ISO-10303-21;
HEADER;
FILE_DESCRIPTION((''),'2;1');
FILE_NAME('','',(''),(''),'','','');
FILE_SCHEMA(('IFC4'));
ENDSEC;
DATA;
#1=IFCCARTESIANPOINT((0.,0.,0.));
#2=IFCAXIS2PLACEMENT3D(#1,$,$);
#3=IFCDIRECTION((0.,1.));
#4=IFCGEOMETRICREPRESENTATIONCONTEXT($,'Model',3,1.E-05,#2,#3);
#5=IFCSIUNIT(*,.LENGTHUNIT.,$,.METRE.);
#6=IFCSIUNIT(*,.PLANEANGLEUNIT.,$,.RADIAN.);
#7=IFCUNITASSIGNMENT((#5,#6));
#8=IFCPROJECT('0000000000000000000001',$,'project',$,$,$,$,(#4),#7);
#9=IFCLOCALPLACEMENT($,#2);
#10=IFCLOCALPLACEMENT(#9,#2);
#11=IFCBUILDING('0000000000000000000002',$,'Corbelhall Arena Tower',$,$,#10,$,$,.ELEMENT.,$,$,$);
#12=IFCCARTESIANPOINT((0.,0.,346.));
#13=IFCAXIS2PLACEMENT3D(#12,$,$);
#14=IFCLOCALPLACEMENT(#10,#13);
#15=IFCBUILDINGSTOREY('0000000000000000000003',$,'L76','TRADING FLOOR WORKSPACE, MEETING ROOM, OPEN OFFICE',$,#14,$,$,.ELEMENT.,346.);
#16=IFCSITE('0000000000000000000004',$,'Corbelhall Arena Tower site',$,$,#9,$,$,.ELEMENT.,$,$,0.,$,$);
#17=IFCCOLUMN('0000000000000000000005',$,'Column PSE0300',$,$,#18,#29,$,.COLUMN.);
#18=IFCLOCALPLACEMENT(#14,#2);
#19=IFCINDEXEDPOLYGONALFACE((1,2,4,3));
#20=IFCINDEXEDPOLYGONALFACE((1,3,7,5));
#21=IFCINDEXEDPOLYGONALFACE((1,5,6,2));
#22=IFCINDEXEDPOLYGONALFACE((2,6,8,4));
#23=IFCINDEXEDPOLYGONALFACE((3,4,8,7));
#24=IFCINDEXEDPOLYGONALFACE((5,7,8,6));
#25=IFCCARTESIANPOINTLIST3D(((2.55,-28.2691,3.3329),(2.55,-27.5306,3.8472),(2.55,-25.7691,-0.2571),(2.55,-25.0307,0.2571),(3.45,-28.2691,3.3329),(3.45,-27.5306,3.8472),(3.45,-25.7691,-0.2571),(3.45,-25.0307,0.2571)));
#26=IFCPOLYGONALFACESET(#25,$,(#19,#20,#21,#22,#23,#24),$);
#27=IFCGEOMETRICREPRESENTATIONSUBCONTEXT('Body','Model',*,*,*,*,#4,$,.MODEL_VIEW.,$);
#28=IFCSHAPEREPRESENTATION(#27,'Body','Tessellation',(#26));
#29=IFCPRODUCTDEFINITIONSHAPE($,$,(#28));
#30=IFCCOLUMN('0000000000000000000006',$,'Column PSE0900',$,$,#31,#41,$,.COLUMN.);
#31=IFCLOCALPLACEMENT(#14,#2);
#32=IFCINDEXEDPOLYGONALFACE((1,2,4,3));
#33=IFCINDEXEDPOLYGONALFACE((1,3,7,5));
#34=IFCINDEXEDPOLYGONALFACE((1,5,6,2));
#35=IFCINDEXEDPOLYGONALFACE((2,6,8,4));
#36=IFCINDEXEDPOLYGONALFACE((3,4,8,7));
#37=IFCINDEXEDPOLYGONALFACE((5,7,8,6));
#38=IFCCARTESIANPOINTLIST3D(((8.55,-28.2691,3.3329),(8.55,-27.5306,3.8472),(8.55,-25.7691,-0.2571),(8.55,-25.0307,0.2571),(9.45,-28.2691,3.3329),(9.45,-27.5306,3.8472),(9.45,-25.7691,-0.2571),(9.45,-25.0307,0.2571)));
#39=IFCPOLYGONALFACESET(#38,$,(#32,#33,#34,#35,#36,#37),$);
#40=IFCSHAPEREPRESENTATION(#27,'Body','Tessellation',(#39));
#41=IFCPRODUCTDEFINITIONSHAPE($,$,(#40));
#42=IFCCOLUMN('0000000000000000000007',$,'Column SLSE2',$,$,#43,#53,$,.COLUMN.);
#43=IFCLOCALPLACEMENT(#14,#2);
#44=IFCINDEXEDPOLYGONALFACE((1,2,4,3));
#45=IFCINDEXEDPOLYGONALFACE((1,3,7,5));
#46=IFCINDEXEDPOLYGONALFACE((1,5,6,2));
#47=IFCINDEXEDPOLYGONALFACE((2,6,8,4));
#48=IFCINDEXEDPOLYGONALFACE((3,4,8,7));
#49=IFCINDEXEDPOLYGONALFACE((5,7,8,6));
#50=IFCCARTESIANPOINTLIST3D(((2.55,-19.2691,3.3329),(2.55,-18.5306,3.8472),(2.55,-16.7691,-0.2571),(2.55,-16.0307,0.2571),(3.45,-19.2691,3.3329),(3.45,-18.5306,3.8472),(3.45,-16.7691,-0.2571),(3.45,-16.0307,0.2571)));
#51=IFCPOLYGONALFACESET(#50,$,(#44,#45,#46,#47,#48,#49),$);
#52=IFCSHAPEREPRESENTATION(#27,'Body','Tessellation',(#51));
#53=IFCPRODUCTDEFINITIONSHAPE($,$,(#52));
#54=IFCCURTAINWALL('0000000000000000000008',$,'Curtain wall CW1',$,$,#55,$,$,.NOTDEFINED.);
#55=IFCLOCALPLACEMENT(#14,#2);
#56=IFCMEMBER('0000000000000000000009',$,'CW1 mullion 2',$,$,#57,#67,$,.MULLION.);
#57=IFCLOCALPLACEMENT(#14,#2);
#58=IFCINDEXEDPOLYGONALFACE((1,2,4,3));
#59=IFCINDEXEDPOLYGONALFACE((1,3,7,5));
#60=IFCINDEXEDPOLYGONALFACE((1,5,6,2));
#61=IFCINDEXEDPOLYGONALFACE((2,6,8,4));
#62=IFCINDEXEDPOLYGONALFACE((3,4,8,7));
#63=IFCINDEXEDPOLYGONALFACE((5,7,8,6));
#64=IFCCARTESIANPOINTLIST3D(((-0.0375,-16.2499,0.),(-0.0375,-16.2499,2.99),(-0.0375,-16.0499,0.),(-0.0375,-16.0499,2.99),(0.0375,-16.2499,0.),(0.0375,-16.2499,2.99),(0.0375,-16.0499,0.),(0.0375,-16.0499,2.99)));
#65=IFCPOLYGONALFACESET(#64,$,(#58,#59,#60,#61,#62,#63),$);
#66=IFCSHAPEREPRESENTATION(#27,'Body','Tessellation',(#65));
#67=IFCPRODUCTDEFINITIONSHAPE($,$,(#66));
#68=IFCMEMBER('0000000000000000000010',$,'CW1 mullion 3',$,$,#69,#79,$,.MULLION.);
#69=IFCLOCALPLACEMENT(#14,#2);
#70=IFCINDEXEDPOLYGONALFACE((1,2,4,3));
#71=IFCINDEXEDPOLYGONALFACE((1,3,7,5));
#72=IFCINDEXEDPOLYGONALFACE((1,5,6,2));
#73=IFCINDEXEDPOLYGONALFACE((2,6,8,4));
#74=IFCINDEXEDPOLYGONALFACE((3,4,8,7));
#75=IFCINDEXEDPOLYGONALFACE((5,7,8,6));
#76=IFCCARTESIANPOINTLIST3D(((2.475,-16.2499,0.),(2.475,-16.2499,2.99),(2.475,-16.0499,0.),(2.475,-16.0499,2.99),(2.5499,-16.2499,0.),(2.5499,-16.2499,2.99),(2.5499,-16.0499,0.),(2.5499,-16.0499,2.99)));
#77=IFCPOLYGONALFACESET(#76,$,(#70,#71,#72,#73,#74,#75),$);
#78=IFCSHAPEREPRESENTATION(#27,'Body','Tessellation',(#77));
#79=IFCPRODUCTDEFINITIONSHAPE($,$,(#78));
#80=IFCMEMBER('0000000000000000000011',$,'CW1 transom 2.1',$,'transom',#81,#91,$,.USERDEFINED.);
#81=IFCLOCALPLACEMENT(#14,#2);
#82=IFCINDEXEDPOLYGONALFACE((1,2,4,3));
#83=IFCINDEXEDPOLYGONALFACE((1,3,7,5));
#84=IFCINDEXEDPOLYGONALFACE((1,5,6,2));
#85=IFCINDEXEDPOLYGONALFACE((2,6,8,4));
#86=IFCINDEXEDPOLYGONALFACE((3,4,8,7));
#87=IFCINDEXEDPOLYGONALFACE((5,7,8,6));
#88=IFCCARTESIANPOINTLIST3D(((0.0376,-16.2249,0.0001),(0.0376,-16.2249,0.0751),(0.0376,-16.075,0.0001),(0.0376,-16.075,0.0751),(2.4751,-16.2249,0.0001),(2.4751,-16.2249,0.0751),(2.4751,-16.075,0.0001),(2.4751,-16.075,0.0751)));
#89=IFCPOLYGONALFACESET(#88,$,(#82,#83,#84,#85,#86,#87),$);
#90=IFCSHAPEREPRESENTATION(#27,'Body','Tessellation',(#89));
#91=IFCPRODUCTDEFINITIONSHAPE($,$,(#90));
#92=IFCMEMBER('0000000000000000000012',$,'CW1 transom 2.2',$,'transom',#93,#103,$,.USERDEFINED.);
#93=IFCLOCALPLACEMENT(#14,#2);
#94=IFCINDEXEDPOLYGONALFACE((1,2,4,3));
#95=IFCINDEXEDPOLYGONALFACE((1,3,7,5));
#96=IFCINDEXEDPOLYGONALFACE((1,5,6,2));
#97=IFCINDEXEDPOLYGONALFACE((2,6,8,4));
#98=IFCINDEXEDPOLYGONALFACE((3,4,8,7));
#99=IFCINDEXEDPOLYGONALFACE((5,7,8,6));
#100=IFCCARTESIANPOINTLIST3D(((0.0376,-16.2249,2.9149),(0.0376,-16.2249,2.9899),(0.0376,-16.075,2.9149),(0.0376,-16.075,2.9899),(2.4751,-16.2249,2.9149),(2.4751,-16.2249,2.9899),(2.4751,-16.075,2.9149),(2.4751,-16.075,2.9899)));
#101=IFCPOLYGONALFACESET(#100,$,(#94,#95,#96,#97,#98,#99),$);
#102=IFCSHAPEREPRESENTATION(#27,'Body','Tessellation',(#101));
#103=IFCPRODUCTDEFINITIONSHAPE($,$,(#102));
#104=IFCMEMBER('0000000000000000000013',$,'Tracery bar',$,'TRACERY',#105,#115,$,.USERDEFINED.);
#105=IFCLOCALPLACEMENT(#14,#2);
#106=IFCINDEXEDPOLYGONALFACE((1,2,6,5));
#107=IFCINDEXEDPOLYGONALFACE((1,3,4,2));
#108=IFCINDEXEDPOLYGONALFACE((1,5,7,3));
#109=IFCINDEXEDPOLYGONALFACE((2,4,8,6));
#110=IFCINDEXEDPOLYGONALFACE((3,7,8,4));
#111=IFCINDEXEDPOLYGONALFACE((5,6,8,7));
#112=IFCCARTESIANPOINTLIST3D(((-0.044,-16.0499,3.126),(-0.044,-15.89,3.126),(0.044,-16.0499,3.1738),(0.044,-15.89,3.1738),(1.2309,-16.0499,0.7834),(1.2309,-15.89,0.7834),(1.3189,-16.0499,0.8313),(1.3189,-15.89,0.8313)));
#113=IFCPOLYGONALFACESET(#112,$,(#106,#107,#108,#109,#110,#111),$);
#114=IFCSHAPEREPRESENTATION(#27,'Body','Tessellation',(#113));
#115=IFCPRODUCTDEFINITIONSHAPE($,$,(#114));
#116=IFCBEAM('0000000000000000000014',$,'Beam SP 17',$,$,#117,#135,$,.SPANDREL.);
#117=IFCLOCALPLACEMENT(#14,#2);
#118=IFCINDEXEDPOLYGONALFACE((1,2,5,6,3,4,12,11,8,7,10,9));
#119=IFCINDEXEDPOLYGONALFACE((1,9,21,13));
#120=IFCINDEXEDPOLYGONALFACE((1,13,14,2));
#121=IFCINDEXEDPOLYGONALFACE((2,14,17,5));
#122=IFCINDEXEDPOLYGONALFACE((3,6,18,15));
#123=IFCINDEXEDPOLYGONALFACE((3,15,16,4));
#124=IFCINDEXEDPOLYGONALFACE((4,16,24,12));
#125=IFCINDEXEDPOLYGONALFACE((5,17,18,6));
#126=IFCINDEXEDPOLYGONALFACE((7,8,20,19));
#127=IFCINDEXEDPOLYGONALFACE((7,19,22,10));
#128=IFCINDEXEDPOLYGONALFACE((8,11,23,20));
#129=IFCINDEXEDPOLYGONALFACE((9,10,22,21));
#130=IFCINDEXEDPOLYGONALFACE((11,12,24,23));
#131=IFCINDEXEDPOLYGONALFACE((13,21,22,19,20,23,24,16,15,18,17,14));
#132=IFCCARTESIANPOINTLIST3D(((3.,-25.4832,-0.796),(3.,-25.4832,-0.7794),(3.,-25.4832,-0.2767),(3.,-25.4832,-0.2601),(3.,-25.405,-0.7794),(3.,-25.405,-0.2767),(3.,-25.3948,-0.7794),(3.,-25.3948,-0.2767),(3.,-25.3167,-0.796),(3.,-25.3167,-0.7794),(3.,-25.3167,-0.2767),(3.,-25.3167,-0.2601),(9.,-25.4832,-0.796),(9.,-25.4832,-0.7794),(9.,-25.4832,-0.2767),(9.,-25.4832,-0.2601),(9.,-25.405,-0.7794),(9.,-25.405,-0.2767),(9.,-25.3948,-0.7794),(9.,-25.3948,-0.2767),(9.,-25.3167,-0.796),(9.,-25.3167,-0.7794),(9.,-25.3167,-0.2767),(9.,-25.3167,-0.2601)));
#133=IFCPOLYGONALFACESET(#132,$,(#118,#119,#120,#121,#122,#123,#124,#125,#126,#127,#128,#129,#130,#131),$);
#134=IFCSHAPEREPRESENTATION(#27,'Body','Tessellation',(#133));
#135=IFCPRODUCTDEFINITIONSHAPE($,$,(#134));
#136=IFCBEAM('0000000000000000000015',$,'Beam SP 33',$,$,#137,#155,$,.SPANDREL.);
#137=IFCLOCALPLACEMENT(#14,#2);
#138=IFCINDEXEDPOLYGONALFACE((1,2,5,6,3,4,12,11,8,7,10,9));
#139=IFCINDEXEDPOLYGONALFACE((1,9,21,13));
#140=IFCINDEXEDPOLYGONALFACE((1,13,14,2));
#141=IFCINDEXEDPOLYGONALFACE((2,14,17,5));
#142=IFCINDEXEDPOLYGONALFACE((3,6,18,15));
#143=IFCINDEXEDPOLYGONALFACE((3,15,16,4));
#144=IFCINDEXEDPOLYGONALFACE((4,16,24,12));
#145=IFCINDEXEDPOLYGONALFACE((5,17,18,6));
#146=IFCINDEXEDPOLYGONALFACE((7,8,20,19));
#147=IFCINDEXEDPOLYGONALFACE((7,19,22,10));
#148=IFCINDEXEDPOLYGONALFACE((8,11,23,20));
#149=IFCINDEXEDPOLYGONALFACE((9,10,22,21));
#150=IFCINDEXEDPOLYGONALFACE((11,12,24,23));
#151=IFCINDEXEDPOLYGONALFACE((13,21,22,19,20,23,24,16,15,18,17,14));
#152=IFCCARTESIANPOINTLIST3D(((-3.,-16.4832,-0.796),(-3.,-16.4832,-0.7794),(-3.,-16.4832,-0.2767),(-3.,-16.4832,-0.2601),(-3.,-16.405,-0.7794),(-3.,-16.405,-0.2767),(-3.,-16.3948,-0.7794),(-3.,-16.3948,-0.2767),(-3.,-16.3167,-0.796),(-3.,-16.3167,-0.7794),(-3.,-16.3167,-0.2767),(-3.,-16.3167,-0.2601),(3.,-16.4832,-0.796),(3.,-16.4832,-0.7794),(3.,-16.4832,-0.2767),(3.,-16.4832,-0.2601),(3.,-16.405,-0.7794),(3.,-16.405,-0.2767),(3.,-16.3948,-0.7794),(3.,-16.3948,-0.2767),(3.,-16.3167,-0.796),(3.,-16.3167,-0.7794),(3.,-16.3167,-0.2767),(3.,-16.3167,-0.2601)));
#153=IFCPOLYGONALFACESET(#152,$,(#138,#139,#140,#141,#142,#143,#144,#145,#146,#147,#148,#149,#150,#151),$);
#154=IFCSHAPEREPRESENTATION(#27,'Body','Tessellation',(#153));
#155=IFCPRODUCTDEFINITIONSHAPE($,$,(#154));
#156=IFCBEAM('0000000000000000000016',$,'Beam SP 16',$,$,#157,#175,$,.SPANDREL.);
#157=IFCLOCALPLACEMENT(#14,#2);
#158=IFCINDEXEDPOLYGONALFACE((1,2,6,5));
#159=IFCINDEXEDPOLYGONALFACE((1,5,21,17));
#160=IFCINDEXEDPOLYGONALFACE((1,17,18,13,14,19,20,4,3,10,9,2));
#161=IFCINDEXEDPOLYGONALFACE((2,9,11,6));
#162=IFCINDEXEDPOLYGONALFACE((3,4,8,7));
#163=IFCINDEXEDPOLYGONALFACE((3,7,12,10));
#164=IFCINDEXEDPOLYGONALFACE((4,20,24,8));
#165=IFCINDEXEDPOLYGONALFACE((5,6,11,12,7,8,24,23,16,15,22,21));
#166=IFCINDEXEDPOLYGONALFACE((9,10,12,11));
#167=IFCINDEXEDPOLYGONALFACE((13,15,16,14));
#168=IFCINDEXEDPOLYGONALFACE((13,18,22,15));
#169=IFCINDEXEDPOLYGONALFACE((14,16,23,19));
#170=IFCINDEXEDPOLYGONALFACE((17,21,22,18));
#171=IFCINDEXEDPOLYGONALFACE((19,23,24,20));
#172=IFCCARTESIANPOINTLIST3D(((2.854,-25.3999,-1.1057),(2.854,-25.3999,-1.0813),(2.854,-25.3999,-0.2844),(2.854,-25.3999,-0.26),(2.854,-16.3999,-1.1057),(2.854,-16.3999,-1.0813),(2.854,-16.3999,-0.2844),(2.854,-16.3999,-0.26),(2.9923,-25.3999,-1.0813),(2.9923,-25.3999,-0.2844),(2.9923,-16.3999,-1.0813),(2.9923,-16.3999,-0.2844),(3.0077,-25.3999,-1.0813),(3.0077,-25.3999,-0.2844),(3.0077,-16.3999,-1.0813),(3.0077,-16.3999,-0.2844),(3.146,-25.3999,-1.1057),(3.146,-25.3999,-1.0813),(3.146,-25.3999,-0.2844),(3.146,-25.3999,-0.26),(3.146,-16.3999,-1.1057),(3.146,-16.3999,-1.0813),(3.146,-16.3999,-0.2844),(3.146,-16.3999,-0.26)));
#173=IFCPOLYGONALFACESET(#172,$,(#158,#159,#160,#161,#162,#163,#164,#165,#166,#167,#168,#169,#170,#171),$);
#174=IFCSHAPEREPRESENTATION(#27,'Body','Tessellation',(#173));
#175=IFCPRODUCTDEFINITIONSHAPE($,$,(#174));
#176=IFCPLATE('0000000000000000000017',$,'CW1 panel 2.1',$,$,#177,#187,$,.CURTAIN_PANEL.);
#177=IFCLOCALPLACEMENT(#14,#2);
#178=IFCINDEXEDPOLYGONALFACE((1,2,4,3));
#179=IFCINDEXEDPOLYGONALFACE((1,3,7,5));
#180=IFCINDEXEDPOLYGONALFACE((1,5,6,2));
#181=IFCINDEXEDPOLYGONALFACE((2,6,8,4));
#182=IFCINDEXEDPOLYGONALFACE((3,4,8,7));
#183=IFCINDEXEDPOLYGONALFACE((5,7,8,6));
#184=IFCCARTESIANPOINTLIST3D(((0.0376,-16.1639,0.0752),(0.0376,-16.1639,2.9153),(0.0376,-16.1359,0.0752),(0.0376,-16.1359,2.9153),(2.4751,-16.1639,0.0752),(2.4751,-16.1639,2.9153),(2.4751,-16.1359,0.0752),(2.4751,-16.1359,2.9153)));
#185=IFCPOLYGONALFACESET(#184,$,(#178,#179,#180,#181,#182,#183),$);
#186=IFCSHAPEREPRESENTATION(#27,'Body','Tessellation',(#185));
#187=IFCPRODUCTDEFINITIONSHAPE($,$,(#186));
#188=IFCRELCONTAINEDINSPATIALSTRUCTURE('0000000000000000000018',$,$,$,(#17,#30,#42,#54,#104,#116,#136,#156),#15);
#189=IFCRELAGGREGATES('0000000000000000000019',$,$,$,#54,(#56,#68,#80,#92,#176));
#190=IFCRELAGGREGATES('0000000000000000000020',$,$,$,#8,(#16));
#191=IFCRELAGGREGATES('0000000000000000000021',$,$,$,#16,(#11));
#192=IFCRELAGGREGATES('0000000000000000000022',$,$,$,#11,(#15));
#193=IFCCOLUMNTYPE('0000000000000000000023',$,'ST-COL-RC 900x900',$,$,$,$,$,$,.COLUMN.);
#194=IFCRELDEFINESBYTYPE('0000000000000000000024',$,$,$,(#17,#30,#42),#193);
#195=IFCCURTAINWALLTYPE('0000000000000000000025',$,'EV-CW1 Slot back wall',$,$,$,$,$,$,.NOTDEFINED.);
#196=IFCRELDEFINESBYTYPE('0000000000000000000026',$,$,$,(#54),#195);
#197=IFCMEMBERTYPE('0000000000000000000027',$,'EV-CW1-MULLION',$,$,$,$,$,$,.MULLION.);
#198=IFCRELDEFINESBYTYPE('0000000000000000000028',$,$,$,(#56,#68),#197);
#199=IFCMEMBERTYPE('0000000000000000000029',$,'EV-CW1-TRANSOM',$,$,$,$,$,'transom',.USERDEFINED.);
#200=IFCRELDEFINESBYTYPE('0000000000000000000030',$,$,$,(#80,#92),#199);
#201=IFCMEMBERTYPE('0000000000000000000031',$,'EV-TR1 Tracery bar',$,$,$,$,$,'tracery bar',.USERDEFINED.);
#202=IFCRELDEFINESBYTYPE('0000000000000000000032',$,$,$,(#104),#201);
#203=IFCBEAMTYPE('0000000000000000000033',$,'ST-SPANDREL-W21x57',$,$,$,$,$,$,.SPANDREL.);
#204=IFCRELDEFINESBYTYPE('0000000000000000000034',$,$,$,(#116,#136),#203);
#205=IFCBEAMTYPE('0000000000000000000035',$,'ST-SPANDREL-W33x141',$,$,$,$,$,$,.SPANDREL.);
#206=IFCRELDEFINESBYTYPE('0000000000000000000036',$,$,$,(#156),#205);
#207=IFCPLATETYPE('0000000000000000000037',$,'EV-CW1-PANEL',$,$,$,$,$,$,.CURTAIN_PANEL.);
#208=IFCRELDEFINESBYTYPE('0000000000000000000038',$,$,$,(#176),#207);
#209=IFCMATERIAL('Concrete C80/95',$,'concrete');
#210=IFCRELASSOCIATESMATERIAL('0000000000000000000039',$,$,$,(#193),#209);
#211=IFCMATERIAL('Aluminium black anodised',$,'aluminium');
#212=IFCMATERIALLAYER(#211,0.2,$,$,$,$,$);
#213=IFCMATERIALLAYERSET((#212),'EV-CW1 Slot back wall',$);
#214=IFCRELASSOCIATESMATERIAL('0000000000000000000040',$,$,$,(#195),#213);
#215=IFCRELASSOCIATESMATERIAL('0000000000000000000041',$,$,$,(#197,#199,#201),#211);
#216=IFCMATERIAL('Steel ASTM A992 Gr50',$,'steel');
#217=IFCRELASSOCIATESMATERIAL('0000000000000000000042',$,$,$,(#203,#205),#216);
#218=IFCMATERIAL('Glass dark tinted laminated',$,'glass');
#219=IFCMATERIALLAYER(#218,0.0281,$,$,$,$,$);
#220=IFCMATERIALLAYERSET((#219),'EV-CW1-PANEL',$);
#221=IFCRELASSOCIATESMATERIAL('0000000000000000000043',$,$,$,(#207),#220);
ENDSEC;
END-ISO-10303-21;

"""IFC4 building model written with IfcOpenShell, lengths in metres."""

from ifc_helpers import new_model, si_unit, direction, frame, origin, origin_2d, place, context, subcontext, project, spatial, rectangle, i_section, extrude, material, layer, layer_set, material_profile, profile_set, type_object, element, aggregate, save


model = new_model("IFC4")

# Units and contexts
model_context = context("Model", 3, precision=1e-05, world=origin(), true_north=direction((0.0, 1.0)))
body_context = subcontext(model_context, "Body", "Model", "MODEL_VIEW")
ifc_project = project(units=[si_unit("LENGTHUNIT", "METRE"), si_unit("PLANEANGLEUNIT", "RADIAN")], contexts=[model_context])

# Site, building, storey
site_placement = place(None, origin())
site = spatial("IfcSite", under=ifc_project, at=site_placement, Name="Corbelhall Arena Tower site", CompositionType="ELEMENT", RefElevation=0.0)
building_placement = place(site_placement, origin())
building = spatial("IfcBuilding", under=site, at=building_placement, Name="Corbelhall Arena Tower", CompositionType="ELEMENT")
storey_placement = place(building_placement, frame((0.0, 0.0, 346.0)))
storey = spatial("IfcBuildingStorey", under=building, at=storey_placement, Name="L76", Description="TRADING FLOOR WORKSPACE, MEETING ROOM, OPEN OFFICE", CompositionType="ELEMENT", Elevation=346.0)

# Columns
ifc_material_1 = material(Name="Concrete C80/95", Category="concrete")
ifc_material_profile_1 = material_profile(ifc_material_1, rectangle(XDim=0.8999, YDim=0.8999, at=origin_2d()))
ifc_profile_set_1 = profile_set([ifc_material_profile_1], Name="Concrete C80/95")
column_type = type_object("IfcColumnType", Name="ST-COL-RC 900x900", PredefinedType="COLUMN", material=ifc_profile_set_1)
for number, where, z_axis, x_axis, name in (
    (1, (3.0, -25.3999, 0.0), (0.0, -0.571457, 0.820632), (1.0, 0.0, 0.0), "Column PSE0300"),
    (2, (9.0, -25.3999, 0.0), (0.0, -0.571457, 0.820632), (1.0, 0.0, 0.0), "Column PSE0900"),
    (3, (3.0, -16.3999, 0.0), (0.0, -0.571457, 0.820632), (1.0, 0.0, 0.0), "Column SLSE2"),
):
    element("IfcColumn", number, at=place(storey_placement, frame(where, z_axis=z_axis, x_axis=x_axis)), inside=storey, type_object=column_type, Name=name, PredefinedType="COLUMN", context=body_context, shape_type="SweptSolid", body=[
        extrude(rectangle(XDim=0.8999, YDim=0.8999, at=origin_2d()), origin(), (0.0, 0.0, 1.0), 4.3748),
    ])

# Curtain wall, members
ifc_material_2 = material(Name="Aluminium black anodised", Category="aluminium")
ifc_layer_1 = layer(ifc_material_2, 0.2)
ifc_layer_set_1 = layer_set([ifc_layer_1], Name="EV-CW1 Slot back wall")
curtain_wall_type = type_object("IfcCurtainWallType", Name="EV-CW1 Slot back wall", PredefinedType="NOTDEFINED", material=ifc_layer_set_1)
curtain_wall_placement = place(storey_placement, origin())
curtain_wall = element("IfcCurtainWall", 4, at=curtain_wall_placement, inside=storey, type_object=curtain_wall_type, Name="Curtain wall CW1", PredefinedType="NOTDEFINED")
ifc_material_profile_2 = material_profile(ifc_material_2, rectangle(XDim=0.2, YDim=0.075, at=origin_2d()))
ifc_profile_set_2 = profile_set([ifc_material_profile_2], Name="Aluminium black anodised")
member_type_1 = type_object("IfcMemberType", Name="EV-CW1-MULLION", PredefinedType="MULLION", material=ifc_profile_set_2)
member_1_placement = place(storey_placement, frame((0.0, -16.1499, 0.0), z_axis=(0.0, 0.0, 1.0), x_axis=(0.0, 1.0, 0.0)))
member_1 = element("IfcMember", 5, at=member_1_placement, type_object=member_type_1, Name="CW1 mullion 2", PredefinedType="MULLION", context=body_context, shape_type="SweptSolid", body=[
    extrude(rectangle(XDim=0.2, YDim=0.075, at=origin_2d()), origin(), (0.0, 0.0, 1.0), 2.99),
])
member_2_placement = place(storey_placement, frame((2.5125, -16.1499, 0.0), z_axis=(0.0, 0.0, 1.0), x_axis=(0.0, 1.0, 0.0)))
member_2 = element("IfcMember", 6, at=member_2_placement, type_object=member_type_1, Name="CW1 mullion 3", PredefinedType="MULLION", context=body_context, shape_type="SweptSolid", body=[
    extrude(rectangle(XDim=0.2, YDim=0.075, at=origin_2d()), origin(), (0.0, 0.0, 1.0), 2.99),
])
ifc_material_profile_3 = material_profile(ifc_material_2, rectangle(XDim=0.1499, YDim=0.075, at=origin_2d()))
ifc_profile_set_3 = profile_set([ifc_material_profile_3], Name="Aluminium black anodised")
member_type_2 = type_object("IfcMemberType", Name="EV-CW1-TRANSOM", ElementType="transom", PredefinedType="USERDEFINED", material=ifc_profile_set_3)
member_3_placement = place(storey_placement, frame((0.0376, -16.1499, 0.0376), z_axis=(1.0, 0.0, 0.0), x_axis=(0.0, 1.0, 0.0)))
member_3 = element("IfcMember", 7, at=member_3_placement, type_object=member_type_2, Name="CW1 transom 2.1", ObjectType="transom", PredefinedType="USERDEFINED", context=body_context, shape_type="SweptSolid", body=[
    extrude(rectangle(XDim=0.1499, YDim=0.075, at=origin_2d()), origin(), (0.0, 0.0, 1.0), 2.4375),
])
member_4_placement = place(storey_placement, frame((0.0376, -16.1499, 2.9524), z_axis=(1.0, 0.0, 0.0), x_axis=(0.0, 1.0, 0.0)))
member_4 = element("IfcMember", 8, at=member_4_placement, type_object=member_type_2, Name="CW1 transom 2.2", ObjectType="transom", PredefinedType="USERDEFINED", context=body_context, shape_type="SweptSolid", body=[
    extrude(rectangle(XDim=0.1499, YDim=0.075, at=origin_2d()), origin(), (0.0, 0.0, 1.0), 2.4375),
])

# Member
ifc_material_profile_4 = material_profile(ifc_material_2, rectangle(XDim=0.1599, YDim=0.1001, at=origin_2d()))
ifc_profile_set_4 = profile_set([ifc_material_profile_4], Name="Aluminium black anodised")
member_type_3 = type_object("IfcMemberType", Name="EV-TR1 Tracery bar", ElementType="tracery bar", PredefinedType="USERDEFINED", material=ifc_profile_set_4)
member_5_placement = place(storey_placement, frame((0.0, -15.97, 3.1499), z_axis=(0.478031, 0.0, -0.878343), x_axis=(0.0, 1.0, 0.0)))
element("IfcMember", 9, at=member_5_placement, inside=storey, type_object=member_type_3, Name="Tracery bar", ObjectType="TRACERY", PredefinedType="USERDEFINED", context=body_context, shape_type="SweptSolid", body=[
    extrude(rectangle(XDim=0.1599, YDim=0.1001, at=origin_2d()), origin(), (0.0, 0.0, 1.0), 2.667),
])

# Beams
ifc_material_3 = material(Name="Steel ASTM A992 Gr50", Category="steel")
ifc_material_profile_5 = material_profile(ifc_material_3, i_section(OverallWidth=0.1665, OverallDepth=0.5359, WebThickness=0.0103, FlangeThickness=0.0166, at=origin_2d()))
ifc_profile_set_5 = profile_set([ifc_material_profile_5], Name="Steel ASTM A992 Gr50")
beam_type_1 = type_object("IfcBeamType", Name="ST-SPANDREL-W21x57", PredefinedType="SPANDREL", material=ifc_profile_set_5)
for number, where, z_axis, x_axis, name in (
    (10, (9.0, -25.3999, -0.5281), (-1.0, 0.0, 0.0), (0.0, -1.0, 0.0), "Beam SP 17"),
    (11, (3.0, -16.3999, -0.5281), (-1.0, 0.0, 0.0), (0.0, -1.0, 0.0), "Beam SP 33"),
):
    element("IfcBeam", number, at=place(storey_placement, frame(where, z_axis=z_axis, x_axis=x_axis)), inside=storey, type_object=beam_type_1, Name=name, PredefinedType="SPANDREL", context=body_context, shape_type="SweptSolid", body=[
        extrude(i_section(OverallWidth=0.1665, OverallDepth=0.5359, WebThickness=0.0103, FlangeThickness=0.0166, at=origin_2d()), origin(), (0.0, 0.0, 1.0), 6.0),
    ])
ifc_material_profile_6 = material_profile(ifc_material_3, i_section(OverallWidth=0.292, OverallDepth=0.8457, WebThickness=0.0154, FlangeThickness=0.0244, at=origin_2d()))
ifc_profile_set_6 = profile_set([ifc_material_profile_6], Name="Steel ASTM A992 Gr50")
beam_type_2 = type_object("IfcBeamType", Name="ST-SPANDREL-W33x141", PredefinedType="SPANDREL", material=ifc_profile_set_6)
beam_placement = place(storey_placement, frame((3.0, -25.3999, -0.6829), z_axis=(0.0, 1.0, 0.0), x_axis=(-1.0, 0.0, 0.0)))
element("IfcBeam", 12, at=beam_placement, inside=storey, type_object=beam_type_2, Name="Beam SP 16", PredefinedType="SPANDREL", context=body_context, shape_type="SweptSolid", body=[
    extrude(i_section(OverallWidth=0.292, OverallDepth=0.8457, WebThickness=0.0154, FlangeThickness=0.0244, at=origin_2d()), origin(), (0.0, 0.0, 1.0), 9.0),
])

# Plate
ifc_material_4 = material(Name="Glass dark tinted laminated", Category="glass")
ifc_layer_2 = layer(ifc_material_4, 0.0281)
ifc_layer_set_2 = layer_set([ifc_layer_2], Name="EV-CW1-PANEL")
plate_type = type_object("IfcPlateType", Name="EV-CW1-PANEL", PredefinedType="CURTAIN_PANEL", material=ifc_layer_set_2)
plate_placement = place(storey_placement, frame((1.2563, -16.1499, 0.0752), z_axis=(0.0, 0.0, 1.0), x_axis=(1.0, 0.0, 0.0)))
plate = element("IfcPlate", 13, at=plate_placement, type_object=plate_type, Name="CW1 panel 2.1", PredefinedType="CURTAIN_PANEL", context=body_context, shape_type="SweptSolid", body=[
    extrude(rectangle(XDim=2.4375, YDim=0.0281, at=origin_2d()), origin(), (0.0, 0.0, 1.0), 2.8401),
])
aggregate(curtain_wall, [member_1, member_2, member_3, member_4, plate])

save(model, "model.ifc")
